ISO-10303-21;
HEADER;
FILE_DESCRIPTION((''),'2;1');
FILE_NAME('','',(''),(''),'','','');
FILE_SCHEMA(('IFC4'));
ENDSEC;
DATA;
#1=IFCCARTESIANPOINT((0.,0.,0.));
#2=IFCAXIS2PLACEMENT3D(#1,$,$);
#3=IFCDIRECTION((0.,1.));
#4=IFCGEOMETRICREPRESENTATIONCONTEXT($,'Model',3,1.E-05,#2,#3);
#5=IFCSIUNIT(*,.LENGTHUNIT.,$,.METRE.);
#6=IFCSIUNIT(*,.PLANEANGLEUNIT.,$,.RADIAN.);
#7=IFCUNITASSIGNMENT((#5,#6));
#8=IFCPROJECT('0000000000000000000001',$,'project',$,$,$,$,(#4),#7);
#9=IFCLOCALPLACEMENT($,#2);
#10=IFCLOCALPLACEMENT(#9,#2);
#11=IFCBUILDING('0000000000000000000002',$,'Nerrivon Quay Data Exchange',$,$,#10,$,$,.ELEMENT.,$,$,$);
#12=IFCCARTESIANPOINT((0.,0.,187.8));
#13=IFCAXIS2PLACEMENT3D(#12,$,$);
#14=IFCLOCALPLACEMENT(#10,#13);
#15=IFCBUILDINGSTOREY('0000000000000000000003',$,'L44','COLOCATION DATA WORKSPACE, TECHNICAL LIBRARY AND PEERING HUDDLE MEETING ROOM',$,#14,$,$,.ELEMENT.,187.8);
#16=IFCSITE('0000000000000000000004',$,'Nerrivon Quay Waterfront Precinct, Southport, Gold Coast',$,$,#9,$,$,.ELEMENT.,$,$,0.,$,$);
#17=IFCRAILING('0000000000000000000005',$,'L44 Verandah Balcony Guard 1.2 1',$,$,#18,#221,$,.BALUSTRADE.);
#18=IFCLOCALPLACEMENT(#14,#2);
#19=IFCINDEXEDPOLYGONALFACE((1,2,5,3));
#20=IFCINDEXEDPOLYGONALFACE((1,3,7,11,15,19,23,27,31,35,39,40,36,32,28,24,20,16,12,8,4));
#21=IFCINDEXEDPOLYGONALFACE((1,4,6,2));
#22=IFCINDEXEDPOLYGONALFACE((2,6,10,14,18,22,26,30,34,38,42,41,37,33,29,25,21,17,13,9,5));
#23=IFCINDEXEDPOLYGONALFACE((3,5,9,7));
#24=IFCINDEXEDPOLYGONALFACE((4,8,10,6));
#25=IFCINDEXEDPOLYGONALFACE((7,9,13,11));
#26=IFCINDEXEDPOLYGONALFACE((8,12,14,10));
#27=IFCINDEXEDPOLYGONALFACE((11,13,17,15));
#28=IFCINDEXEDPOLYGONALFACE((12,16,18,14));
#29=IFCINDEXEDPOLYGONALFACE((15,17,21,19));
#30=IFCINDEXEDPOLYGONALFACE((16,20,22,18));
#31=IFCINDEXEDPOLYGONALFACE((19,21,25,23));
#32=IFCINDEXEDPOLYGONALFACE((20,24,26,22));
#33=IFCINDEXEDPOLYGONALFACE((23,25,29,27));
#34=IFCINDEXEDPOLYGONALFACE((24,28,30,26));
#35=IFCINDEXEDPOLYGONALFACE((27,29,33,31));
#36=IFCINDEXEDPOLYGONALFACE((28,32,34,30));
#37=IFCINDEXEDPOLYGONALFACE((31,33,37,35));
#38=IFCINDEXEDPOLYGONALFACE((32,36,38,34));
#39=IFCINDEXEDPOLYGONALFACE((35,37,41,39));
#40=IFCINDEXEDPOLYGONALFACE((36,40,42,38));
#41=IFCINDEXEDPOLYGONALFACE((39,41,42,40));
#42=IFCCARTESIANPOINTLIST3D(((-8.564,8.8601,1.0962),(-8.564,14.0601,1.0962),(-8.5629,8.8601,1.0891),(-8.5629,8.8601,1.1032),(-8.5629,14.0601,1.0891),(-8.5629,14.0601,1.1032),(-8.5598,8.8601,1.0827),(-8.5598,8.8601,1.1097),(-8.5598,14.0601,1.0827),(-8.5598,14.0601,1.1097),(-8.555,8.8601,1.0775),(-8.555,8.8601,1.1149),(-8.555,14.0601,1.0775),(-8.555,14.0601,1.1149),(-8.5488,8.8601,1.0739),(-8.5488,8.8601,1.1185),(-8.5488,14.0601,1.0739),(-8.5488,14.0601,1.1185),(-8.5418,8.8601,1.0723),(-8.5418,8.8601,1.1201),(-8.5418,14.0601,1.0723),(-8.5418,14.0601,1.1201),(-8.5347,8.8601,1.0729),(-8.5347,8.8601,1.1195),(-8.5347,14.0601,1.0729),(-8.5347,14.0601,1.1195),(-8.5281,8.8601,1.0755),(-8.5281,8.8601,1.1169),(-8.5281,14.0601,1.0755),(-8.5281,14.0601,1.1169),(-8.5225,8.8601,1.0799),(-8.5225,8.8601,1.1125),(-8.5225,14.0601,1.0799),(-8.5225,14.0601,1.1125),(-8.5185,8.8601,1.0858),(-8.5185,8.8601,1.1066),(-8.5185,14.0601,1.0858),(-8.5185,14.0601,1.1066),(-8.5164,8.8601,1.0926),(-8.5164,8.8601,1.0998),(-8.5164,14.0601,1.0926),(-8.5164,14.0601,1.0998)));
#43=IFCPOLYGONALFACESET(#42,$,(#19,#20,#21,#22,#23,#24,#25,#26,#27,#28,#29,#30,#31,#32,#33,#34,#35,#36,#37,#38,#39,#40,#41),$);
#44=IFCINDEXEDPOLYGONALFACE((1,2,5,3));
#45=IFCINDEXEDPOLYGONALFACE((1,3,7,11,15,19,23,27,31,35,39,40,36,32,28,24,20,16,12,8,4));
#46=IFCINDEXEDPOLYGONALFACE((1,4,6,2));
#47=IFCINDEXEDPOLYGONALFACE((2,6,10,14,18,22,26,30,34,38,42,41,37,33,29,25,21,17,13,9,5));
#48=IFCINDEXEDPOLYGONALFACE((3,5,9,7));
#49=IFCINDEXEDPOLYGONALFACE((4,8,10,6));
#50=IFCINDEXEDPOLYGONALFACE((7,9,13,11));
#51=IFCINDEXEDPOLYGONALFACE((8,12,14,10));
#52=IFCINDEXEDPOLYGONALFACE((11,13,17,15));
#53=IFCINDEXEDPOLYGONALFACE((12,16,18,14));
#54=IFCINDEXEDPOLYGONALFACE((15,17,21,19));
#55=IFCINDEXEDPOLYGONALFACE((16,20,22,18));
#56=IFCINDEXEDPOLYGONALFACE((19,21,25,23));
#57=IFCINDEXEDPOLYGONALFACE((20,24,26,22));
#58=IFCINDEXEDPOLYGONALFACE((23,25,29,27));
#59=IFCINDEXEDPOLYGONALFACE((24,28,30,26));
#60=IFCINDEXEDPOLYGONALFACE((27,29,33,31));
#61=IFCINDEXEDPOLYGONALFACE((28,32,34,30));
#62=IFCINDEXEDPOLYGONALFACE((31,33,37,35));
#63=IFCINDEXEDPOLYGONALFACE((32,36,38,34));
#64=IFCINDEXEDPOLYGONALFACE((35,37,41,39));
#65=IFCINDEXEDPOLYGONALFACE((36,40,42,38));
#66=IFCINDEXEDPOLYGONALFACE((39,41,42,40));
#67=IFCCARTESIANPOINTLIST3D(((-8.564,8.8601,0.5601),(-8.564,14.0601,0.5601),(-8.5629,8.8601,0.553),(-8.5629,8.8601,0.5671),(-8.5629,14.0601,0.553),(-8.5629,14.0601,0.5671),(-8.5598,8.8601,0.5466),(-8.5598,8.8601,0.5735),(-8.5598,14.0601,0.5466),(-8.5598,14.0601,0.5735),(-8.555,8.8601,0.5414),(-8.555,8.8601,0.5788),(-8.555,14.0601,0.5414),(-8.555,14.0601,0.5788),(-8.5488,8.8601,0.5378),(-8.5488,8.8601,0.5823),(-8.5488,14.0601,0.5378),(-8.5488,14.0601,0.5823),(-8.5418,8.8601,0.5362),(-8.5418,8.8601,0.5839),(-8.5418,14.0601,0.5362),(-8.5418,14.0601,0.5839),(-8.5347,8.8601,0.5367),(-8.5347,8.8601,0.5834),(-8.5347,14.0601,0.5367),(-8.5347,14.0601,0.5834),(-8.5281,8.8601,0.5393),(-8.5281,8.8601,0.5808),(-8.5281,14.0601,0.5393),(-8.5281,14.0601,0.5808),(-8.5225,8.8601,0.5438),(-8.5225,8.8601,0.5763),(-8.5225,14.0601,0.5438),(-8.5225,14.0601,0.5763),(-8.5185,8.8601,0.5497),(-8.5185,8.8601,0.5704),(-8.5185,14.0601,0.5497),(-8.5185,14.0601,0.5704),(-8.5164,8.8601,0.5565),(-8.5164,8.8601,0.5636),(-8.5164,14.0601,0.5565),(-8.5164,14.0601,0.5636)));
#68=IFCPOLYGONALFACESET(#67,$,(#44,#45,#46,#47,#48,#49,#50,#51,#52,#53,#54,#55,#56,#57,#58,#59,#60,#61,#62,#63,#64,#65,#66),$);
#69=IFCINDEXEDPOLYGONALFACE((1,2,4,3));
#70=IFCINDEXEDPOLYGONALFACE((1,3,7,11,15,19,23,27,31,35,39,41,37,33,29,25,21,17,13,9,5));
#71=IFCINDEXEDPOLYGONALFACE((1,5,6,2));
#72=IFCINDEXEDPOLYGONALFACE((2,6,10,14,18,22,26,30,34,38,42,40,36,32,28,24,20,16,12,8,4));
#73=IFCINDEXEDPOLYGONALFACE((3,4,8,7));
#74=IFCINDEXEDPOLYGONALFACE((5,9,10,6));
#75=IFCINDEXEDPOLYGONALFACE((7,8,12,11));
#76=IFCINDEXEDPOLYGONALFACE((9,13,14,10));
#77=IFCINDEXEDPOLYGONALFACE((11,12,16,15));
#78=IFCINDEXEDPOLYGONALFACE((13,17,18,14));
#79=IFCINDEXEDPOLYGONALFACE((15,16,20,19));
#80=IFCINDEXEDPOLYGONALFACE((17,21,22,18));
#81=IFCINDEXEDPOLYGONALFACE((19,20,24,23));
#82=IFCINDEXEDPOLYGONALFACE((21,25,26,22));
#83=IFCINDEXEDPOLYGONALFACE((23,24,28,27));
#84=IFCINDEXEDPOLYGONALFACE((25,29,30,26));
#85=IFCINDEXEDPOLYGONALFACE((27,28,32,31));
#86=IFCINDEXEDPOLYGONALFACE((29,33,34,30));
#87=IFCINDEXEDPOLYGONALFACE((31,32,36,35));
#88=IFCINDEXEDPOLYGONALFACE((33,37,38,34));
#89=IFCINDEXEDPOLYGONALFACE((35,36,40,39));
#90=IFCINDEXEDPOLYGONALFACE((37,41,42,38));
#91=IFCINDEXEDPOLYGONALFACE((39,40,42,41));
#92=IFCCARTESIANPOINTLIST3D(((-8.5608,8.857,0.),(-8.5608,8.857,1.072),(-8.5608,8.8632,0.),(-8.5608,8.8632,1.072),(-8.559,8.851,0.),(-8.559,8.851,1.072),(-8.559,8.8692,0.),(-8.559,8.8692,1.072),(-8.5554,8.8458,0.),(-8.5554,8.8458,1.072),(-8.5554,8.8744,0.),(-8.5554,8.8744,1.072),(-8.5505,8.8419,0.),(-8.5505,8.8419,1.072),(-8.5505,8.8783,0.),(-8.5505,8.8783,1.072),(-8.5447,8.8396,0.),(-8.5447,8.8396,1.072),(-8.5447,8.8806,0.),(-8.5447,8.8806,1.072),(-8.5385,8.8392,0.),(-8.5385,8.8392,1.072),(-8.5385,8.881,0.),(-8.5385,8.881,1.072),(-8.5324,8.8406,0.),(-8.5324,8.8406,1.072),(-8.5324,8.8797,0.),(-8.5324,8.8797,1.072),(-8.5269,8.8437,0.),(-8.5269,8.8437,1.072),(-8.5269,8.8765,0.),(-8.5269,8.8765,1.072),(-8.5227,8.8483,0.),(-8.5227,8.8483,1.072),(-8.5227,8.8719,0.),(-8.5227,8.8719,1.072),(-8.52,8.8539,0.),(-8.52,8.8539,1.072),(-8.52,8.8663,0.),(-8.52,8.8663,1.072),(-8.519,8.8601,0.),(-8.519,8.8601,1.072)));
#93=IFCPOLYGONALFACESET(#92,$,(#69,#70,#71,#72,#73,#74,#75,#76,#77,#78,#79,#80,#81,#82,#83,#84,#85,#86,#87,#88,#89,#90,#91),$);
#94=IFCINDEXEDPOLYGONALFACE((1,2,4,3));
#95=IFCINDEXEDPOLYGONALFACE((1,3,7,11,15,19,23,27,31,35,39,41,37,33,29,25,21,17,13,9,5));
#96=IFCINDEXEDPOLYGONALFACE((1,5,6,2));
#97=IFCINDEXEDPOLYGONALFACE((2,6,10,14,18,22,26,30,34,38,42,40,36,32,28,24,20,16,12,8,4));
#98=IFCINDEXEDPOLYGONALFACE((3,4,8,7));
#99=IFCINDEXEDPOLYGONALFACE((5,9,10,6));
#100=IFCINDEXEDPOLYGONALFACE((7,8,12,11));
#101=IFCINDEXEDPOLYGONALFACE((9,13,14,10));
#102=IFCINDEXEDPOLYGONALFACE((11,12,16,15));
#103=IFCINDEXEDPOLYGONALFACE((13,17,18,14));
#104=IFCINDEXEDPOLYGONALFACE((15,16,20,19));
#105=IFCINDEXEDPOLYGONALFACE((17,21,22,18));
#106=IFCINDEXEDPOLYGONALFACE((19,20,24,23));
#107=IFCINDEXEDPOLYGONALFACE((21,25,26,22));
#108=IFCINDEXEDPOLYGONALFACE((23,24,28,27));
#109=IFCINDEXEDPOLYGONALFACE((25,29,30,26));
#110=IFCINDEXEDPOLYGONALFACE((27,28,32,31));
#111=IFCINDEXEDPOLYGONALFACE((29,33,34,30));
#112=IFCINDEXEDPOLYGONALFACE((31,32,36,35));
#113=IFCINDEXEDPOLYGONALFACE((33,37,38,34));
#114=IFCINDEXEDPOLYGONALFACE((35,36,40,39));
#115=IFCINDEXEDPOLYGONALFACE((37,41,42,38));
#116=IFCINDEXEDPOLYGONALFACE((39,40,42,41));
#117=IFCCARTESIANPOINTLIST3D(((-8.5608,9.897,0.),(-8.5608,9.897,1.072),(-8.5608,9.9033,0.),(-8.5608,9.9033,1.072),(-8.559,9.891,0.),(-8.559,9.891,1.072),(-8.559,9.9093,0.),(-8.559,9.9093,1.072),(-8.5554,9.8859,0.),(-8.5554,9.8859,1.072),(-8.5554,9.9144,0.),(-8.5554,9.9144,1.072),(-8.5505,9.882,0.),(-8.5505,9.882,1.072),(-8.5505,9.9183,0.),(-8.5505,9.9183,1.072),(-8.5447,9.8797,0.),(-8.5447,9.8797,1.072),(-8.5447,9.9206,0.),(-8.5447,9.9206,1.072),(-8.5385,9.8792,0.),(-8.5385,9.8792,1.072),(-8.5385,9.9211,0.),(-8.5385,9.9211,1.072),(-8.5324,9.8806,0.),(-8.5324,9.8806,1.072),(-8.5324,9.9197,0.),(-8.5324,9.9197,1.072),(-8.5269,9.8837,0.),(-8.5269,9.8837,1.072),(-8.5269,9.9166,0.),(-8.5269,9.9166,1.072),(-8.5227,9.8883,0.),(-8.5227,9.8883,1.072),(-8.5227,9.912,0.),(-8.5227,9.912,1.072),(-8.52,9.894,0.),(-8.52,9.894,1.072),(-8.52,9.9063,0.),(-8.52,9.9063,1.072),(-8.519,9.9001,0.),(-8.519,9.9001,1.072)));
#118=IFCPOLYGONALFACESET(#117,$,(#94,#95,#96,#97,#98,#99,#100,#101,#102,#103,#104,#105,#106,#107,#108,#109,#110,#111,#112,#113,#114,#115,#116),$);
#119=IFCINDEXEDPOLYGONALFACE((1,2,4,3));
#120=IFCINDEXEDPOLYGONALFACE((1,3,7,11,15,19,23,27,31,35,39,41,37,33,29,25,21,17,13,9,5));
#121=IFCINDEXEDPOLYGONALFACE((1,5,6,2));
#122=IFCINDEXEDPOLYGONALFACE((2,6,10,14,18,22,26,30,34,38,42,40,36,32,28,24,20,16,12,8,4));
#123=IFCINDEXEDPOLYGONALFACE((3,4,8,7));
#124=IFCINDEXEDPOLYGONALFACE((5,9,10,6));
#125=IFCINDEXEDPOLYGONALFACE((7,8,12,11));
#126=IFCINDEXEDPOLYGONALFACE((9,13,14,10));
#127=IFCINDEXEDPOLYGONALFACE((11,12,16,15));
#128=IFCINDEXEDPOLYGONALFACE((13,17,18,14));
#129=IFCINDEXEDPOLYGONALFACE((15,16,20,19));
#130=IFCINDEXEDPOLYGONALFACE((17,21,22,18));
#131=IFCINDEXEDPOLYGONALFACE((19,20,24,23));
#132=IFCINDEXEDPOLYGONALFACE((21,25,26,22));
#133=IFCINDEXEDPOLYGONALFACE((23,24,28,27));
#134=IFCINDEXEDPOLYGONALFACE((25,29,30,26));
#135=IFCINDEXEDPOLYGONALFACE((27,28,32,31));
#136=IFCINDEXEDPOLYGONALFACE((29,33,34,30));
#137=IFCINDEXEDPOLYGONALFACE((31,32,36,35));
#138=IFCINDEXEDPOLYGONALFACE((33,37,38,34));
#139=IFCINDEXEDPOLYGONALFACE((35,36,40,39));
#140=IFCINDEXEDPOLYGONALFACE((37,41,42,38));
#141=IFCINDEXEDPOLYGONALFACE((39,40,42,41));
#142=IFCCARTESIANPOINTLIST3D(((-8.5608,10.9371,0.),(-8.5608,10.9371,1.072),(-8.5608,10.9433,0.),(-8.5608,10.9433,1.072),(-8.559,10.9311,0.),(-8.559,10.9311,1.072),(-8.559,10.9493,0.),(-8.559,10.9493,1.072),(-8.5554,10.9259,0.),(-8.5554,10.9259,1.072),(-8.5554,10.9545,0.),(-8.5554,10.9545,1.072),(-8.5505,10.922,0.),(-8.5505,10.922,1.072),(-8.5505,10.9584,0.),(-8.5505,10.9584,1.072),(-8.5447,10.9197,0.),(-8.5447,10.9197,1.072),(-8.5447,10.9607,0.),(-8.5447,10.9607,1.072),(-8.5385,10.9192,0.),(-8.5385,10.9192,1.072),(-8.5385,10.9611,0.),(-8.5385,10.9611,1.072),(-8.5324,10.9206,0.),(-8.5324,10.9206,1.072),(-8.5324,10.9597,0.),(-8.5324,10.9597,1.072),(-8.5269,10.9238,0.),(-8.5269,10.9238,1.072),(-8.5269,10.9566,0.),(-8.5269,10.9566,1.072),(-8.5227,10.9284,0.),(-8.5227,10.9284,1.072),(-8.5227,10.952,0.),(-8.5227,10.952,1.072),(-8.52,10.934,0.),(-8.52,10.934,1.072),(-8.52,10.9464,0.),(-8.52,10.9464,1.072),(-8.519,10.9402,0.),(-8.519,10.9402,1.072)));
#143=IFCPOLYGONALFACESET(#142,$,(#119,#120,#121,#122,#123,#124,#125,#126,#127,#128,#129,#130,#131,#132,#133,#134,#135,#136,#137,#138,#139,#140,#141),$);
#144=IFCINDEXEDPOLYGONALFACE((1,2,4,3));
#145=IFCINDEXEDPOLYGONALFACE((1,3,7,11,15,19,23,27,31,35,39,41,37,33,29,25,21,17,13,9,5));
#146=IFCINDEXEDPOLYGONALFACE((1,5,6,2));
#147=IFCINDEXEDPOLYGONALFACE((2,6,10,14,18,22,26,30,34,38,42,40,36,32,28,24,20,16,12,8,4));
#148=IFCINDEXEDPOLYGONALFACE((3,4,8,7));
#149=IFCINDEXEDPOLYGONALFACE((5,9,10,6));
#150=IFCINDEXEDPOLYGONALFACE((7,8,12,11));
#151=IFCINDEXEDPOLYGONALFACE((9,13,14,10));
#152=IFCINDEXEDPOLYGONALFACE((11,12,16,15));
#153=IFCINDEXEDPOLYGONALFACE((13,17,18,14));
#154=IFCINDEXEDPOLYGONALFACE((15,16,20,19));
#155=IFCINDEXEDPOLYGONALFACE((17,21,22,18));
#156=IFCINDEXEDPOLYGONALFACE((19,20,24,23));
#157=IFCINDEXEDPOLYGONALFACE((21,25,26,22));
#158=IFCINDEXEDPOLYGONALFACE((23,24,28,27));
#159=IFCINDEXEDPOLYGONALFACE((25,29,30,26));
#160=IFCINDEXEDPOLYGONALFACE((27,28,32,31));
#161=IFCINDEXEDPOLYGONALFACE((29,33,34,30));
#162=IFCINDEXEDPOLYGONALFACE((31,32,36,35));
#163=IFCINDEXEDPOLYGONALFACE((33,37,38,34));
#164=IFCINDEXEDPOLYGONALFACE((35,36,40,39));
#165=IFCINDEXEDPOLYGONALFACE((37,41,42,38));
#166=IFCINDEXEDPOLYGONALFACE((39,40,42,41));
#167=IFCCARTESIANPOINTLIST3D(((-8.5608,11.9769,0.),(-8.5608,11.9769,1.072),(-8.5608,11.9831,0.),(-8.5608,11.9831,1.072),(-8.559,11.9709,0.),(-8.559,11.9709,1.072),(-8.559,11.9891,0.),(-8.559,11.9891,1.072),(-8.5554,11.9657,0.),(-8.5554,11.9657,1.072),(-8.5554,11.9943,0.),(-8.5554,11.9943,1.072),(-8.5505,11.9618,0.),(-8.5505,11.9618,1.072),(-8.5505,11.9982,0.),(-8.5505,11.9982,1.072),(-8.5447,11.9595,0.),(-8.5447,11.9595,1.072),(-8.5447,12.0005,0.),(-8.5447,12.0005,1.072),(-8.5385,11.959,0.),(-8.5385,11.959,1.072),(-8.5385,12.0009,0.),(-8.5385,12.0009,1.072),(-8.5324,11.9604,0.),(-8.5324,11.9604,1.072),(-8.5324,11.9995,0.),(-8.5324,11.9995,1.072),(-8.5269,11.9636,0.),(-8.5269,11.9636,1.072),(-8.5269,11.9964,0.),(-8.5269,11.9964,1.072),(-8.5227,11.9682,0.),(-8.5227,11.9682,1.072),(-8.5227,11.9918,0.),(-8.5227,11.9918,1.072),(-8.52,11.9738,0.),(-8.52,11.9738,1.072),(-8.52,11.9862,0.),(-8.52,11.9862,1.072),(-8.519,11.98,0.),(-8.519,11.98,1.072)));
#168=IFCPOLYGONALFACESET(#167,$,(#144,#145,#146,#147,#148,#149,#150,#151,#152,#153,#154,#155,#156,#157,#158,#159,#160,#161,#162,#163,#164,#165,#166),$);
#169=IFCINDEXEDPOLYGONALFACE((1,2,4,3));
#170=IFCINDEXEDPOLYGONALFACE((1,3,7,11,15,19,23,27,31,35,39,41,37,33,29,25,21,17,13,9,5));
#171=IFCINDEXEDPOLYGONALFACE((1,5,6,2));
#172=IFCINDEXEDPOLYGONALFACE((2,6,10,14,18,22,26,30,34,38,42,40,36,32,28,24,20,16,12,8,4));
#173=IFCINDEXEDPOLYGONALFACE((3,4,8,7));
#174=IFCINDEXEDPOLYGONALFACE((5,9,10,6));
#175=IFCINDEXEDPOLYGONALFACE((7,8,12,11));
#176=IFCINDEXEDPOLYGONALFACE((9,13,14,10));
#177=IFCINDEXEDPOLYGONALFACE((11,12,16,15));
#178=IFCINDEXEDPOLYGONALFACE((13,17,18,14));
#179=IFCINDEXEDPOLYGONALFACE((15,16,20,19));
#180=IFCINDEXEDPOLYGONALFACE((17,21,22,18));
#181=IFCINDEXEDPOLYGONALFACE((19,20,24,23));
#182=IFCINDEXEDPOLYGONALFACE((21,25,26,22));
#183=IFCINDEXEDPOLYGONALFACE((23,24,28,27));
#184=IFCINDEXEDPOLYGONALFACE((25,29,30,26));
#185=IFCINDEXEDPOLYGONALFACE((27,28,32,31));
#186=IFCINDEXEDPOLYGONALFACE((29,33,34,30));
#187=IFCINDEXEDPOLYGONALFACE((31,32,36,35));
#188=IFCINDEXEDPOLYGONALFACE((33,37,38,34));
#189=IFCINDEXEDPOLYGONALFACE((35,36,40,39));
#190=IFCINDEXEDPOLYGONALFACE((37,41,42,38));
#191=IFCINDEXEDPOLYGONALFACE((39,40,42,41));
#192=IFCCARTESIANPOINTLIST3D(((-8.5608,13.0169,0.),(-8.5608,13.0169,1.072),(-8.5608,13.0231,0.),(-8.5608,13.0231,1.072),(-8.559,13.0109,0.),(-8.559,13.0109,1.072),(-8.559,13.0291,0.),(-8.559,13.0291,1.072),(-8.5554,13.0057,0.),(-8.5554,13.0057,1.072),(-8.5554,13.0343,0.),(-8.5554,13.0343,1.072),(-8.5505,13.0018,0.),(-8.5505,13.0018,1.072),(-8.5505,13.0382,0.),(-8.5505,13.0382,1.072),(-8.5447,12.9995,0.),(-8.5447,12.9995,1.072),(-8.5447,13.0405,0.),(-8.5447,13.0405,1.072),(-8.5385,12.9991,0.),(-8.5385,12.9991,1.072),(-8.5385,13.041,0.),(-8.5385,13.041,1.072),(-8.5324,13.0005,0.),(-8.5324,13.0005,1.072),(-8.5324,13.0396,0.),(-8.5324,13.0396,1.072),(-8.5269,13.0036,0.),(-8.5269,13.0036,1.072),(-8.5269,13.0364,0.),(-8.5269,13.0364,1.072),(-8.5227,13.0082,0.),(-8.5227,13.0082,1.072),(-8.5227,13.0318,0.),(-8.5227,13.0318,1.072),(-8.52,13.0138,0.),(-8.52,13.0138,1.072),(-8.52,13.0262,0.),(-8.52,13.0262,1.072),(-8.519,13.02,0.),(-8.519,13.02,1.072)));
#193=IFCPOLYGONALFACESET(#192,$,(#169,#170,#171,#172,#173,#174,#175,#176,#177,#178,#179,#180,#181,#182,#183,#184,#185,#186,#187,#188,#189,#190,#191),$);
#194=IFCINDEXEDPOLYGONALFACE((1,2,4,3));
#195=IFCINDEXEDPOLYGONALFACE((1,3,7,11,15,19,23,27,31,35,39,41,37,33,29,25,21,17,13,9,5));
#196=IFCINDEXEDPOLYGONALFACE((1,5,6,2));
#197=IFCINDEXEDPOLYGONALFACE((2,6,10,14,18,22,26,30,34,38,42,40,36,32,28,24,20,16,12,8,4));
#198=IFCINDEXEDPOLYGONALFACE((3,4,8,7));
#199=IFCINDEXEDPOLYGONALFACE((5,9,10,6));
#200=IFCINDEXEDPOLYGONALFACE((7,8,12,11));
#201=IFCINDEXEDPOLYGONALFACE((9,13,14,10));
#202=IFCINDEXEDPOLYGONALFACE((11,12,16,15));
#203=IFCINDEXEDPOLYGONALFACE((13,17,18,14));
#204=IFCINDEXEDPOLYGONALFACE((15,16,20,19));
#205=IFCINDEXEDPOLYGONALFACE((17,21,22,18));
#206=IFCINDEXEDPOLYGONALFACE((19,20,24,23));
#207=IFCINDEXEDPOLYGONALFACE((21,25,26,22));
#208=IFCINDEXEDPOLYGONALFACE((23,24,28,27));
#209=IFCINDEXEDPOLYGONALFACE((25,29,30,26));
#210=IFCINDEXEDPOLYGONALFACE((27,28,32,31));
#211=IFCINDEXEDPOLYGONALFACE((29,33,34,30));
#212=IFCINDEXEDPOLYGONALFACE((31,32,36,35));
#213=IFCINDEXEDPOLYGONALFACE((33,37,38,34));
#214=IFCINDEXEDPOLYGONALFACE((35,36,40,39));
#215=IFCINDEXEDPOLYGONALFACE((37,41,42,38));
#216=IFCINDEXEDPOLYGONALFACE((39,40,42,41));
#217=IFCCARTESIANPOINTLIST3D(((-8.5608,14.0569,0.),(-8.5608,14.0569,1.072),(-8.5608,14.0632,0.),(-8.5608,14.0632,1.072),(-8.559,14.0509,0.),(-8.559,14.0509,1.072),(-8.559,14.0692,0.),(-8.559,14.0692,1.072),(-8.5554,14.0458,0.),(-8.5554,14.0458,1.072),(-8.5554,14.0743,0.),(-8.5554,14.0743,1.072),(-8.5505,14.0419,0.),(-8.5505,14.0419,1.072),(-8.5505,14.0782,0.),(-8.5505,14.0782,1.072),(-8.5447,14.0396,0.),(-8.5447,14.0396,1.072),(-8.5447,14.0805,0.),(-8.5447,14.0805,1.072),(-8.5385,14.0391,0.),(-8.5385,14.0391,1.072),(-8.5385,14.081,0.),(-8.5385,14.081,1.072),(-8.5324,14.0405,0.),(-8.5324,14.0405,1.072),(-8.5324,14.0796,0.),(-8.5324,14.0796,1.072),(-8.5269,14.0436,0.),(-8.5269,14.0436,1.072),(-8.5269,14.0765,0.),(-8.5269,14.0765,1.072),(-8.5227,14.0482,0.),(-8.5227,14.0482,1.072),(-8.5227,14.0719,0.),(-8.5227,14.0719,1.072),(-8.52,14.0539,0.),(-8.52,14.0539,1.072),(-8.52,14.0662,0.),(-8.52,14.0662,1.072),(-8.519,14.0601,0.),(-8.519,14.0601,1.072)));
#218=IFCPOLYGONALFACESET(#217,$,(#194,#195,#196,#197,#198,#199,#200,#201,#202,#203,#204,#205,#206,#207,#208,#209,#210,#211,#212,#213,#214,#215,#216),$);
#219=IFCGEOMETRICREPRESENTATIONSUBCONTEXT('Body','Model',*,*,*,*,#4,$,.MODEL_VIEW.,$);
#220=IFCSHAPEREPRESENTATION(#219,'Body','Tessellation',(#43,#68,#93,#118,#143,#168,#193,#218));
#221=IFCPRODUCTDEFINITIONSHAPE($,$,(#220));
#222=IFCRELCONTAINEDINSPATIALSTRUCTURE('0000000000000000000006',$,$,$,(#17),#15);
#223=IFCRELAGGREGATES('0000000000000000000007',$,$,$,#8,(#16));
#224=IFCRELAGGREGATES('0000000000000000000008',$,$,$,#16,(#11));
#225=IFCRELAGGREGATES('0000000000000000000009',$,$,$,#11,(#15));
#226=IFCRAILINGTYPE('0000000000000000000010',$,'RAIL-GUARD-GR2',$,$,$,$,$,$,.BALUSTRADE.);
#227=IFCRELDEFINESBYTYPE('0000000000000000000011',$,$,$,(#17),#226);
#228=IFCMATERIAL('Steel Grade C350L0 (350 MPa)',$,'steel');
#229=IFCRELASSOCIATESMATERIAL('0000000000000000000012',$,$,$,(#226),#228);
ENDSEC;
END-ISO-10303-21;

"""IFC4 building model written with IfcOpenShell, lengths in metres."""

from ifc_helpers import new_model, si_unit, direction, frame, origin, origin_2d, place, context, subcontext, project, spatial, circle, extrude, material, type_object, element, save


model = new_model("IFC4")

# Units and contexts
model_context = context("Model", 3, precision=1e-05, world=origin(), true_north=direction((0.0, 1.0)))
body_context = subcontext(model_context, "Body", "Model", "MODEL_VIEW")
ifc_project = project(units=[si_unit("LENGTHUNIT", "METRE"), si_unit("PLANEANGLEUNIT", "RADIAN")], contexts=[model_context])

# Site, building, storey
site_placement = place(None, origin())
site = spatial("IfcSite", under=ifc_project, at=site_placement, Name="Nerrivon Quay Waterfront Precinct, Southport, Gold Coast", CompositionType="ELEMENT", RefElevation=0.0)
building_placement = place(site_placement, origin())
building = spatial("IfcBuilding", under=site, at=building_placement, Name="Nerrivon Quay Data Exchange", CompositionType="ELEMENT")
storey_placement = place(building_placement, frame((0.0, 0.0, 187.8)))
storey = spatial("IfcBuildingStorey", under=building, at=storey_placement, Name="L44", Description="COLOCATION DATA WORKSPACE, TECHNICAL LIBRARY AND PEERING HUDDLE MEETING ROOM", CompositionType="ELEMENT", Elevation=187.8)

# Railing
ifc_material_1 = material(Name="Steel Grade C350L0 (350 MPa)", Category="steel")
railing_type = type_object("IfcRailingType", Name="RAIL-GUARD-GR2", PredefinedType="BALUSTRADE", material=ifc_material_1)
railing_1_placement = place(storey_placement, frame((-8.54, 8.8601, 0.0)))
element("IfcRailing", 1, at=railing_1_placement, inside=storey, type_object=railing_type, Name="L44 Verandah Balcony Guard 1.2 1", PredefinedType="BALUSTRADE", context=body_context, shape_type="SweptSolid", body=[
    extrude(circle(Radius=0.0239, at=origin_2d()), frame((0.0, 0.0, 1.0962), z_axis=(0.0, 1.0, 0.0), x_axis=(-1.0, 0.0, 0.0)), (0.0, 0.0, 1.0), 5.2),
    extrude(circle(Radius=0.0239, at=origin_2d()), frame((0.0, 0.0, 0.5601), z_axis=(0.0, 1.0, 0.0), x_axis=(-1.0, 0.0, 0.0)), (0.0, 0.0, 1.0), 5.2),
    extrude(circle(Radius=0.021, at=origin_2d()), origin(), (0.0, 0.0, 1.0), 1.072),
    extrude(circle(Radius=0.021, at=origin_2d()), frame((0.0, 1.04, 0.0)), (0.0, 0.0, 1.0), 1.072),
    extrude(circle(Radius=0.021, at=origin_2d()), frame((0.0, 2.0801, 0.0)), (0.0, 0.0, 1.0), 1.072),
    extrude(circle(Radius=0.021, at=origin_2d()), frame((0.0, 3.1199, 0.0)), (0.0, 0.0, 1.0), 1.072),
    extrude(circle(Radius=0.021, at=origin_2d()), frame((0.0, 4.1599, 0.0)), (0.0, 0.0, 1.0), 1.072),
    extrude(circle(Radius=0.021, at=origin_2d()), frame((0.0, 5.2, 0.0)), (0.0, 0.0, 1.0), 1.072),
])

save(model, "model.ifc")
